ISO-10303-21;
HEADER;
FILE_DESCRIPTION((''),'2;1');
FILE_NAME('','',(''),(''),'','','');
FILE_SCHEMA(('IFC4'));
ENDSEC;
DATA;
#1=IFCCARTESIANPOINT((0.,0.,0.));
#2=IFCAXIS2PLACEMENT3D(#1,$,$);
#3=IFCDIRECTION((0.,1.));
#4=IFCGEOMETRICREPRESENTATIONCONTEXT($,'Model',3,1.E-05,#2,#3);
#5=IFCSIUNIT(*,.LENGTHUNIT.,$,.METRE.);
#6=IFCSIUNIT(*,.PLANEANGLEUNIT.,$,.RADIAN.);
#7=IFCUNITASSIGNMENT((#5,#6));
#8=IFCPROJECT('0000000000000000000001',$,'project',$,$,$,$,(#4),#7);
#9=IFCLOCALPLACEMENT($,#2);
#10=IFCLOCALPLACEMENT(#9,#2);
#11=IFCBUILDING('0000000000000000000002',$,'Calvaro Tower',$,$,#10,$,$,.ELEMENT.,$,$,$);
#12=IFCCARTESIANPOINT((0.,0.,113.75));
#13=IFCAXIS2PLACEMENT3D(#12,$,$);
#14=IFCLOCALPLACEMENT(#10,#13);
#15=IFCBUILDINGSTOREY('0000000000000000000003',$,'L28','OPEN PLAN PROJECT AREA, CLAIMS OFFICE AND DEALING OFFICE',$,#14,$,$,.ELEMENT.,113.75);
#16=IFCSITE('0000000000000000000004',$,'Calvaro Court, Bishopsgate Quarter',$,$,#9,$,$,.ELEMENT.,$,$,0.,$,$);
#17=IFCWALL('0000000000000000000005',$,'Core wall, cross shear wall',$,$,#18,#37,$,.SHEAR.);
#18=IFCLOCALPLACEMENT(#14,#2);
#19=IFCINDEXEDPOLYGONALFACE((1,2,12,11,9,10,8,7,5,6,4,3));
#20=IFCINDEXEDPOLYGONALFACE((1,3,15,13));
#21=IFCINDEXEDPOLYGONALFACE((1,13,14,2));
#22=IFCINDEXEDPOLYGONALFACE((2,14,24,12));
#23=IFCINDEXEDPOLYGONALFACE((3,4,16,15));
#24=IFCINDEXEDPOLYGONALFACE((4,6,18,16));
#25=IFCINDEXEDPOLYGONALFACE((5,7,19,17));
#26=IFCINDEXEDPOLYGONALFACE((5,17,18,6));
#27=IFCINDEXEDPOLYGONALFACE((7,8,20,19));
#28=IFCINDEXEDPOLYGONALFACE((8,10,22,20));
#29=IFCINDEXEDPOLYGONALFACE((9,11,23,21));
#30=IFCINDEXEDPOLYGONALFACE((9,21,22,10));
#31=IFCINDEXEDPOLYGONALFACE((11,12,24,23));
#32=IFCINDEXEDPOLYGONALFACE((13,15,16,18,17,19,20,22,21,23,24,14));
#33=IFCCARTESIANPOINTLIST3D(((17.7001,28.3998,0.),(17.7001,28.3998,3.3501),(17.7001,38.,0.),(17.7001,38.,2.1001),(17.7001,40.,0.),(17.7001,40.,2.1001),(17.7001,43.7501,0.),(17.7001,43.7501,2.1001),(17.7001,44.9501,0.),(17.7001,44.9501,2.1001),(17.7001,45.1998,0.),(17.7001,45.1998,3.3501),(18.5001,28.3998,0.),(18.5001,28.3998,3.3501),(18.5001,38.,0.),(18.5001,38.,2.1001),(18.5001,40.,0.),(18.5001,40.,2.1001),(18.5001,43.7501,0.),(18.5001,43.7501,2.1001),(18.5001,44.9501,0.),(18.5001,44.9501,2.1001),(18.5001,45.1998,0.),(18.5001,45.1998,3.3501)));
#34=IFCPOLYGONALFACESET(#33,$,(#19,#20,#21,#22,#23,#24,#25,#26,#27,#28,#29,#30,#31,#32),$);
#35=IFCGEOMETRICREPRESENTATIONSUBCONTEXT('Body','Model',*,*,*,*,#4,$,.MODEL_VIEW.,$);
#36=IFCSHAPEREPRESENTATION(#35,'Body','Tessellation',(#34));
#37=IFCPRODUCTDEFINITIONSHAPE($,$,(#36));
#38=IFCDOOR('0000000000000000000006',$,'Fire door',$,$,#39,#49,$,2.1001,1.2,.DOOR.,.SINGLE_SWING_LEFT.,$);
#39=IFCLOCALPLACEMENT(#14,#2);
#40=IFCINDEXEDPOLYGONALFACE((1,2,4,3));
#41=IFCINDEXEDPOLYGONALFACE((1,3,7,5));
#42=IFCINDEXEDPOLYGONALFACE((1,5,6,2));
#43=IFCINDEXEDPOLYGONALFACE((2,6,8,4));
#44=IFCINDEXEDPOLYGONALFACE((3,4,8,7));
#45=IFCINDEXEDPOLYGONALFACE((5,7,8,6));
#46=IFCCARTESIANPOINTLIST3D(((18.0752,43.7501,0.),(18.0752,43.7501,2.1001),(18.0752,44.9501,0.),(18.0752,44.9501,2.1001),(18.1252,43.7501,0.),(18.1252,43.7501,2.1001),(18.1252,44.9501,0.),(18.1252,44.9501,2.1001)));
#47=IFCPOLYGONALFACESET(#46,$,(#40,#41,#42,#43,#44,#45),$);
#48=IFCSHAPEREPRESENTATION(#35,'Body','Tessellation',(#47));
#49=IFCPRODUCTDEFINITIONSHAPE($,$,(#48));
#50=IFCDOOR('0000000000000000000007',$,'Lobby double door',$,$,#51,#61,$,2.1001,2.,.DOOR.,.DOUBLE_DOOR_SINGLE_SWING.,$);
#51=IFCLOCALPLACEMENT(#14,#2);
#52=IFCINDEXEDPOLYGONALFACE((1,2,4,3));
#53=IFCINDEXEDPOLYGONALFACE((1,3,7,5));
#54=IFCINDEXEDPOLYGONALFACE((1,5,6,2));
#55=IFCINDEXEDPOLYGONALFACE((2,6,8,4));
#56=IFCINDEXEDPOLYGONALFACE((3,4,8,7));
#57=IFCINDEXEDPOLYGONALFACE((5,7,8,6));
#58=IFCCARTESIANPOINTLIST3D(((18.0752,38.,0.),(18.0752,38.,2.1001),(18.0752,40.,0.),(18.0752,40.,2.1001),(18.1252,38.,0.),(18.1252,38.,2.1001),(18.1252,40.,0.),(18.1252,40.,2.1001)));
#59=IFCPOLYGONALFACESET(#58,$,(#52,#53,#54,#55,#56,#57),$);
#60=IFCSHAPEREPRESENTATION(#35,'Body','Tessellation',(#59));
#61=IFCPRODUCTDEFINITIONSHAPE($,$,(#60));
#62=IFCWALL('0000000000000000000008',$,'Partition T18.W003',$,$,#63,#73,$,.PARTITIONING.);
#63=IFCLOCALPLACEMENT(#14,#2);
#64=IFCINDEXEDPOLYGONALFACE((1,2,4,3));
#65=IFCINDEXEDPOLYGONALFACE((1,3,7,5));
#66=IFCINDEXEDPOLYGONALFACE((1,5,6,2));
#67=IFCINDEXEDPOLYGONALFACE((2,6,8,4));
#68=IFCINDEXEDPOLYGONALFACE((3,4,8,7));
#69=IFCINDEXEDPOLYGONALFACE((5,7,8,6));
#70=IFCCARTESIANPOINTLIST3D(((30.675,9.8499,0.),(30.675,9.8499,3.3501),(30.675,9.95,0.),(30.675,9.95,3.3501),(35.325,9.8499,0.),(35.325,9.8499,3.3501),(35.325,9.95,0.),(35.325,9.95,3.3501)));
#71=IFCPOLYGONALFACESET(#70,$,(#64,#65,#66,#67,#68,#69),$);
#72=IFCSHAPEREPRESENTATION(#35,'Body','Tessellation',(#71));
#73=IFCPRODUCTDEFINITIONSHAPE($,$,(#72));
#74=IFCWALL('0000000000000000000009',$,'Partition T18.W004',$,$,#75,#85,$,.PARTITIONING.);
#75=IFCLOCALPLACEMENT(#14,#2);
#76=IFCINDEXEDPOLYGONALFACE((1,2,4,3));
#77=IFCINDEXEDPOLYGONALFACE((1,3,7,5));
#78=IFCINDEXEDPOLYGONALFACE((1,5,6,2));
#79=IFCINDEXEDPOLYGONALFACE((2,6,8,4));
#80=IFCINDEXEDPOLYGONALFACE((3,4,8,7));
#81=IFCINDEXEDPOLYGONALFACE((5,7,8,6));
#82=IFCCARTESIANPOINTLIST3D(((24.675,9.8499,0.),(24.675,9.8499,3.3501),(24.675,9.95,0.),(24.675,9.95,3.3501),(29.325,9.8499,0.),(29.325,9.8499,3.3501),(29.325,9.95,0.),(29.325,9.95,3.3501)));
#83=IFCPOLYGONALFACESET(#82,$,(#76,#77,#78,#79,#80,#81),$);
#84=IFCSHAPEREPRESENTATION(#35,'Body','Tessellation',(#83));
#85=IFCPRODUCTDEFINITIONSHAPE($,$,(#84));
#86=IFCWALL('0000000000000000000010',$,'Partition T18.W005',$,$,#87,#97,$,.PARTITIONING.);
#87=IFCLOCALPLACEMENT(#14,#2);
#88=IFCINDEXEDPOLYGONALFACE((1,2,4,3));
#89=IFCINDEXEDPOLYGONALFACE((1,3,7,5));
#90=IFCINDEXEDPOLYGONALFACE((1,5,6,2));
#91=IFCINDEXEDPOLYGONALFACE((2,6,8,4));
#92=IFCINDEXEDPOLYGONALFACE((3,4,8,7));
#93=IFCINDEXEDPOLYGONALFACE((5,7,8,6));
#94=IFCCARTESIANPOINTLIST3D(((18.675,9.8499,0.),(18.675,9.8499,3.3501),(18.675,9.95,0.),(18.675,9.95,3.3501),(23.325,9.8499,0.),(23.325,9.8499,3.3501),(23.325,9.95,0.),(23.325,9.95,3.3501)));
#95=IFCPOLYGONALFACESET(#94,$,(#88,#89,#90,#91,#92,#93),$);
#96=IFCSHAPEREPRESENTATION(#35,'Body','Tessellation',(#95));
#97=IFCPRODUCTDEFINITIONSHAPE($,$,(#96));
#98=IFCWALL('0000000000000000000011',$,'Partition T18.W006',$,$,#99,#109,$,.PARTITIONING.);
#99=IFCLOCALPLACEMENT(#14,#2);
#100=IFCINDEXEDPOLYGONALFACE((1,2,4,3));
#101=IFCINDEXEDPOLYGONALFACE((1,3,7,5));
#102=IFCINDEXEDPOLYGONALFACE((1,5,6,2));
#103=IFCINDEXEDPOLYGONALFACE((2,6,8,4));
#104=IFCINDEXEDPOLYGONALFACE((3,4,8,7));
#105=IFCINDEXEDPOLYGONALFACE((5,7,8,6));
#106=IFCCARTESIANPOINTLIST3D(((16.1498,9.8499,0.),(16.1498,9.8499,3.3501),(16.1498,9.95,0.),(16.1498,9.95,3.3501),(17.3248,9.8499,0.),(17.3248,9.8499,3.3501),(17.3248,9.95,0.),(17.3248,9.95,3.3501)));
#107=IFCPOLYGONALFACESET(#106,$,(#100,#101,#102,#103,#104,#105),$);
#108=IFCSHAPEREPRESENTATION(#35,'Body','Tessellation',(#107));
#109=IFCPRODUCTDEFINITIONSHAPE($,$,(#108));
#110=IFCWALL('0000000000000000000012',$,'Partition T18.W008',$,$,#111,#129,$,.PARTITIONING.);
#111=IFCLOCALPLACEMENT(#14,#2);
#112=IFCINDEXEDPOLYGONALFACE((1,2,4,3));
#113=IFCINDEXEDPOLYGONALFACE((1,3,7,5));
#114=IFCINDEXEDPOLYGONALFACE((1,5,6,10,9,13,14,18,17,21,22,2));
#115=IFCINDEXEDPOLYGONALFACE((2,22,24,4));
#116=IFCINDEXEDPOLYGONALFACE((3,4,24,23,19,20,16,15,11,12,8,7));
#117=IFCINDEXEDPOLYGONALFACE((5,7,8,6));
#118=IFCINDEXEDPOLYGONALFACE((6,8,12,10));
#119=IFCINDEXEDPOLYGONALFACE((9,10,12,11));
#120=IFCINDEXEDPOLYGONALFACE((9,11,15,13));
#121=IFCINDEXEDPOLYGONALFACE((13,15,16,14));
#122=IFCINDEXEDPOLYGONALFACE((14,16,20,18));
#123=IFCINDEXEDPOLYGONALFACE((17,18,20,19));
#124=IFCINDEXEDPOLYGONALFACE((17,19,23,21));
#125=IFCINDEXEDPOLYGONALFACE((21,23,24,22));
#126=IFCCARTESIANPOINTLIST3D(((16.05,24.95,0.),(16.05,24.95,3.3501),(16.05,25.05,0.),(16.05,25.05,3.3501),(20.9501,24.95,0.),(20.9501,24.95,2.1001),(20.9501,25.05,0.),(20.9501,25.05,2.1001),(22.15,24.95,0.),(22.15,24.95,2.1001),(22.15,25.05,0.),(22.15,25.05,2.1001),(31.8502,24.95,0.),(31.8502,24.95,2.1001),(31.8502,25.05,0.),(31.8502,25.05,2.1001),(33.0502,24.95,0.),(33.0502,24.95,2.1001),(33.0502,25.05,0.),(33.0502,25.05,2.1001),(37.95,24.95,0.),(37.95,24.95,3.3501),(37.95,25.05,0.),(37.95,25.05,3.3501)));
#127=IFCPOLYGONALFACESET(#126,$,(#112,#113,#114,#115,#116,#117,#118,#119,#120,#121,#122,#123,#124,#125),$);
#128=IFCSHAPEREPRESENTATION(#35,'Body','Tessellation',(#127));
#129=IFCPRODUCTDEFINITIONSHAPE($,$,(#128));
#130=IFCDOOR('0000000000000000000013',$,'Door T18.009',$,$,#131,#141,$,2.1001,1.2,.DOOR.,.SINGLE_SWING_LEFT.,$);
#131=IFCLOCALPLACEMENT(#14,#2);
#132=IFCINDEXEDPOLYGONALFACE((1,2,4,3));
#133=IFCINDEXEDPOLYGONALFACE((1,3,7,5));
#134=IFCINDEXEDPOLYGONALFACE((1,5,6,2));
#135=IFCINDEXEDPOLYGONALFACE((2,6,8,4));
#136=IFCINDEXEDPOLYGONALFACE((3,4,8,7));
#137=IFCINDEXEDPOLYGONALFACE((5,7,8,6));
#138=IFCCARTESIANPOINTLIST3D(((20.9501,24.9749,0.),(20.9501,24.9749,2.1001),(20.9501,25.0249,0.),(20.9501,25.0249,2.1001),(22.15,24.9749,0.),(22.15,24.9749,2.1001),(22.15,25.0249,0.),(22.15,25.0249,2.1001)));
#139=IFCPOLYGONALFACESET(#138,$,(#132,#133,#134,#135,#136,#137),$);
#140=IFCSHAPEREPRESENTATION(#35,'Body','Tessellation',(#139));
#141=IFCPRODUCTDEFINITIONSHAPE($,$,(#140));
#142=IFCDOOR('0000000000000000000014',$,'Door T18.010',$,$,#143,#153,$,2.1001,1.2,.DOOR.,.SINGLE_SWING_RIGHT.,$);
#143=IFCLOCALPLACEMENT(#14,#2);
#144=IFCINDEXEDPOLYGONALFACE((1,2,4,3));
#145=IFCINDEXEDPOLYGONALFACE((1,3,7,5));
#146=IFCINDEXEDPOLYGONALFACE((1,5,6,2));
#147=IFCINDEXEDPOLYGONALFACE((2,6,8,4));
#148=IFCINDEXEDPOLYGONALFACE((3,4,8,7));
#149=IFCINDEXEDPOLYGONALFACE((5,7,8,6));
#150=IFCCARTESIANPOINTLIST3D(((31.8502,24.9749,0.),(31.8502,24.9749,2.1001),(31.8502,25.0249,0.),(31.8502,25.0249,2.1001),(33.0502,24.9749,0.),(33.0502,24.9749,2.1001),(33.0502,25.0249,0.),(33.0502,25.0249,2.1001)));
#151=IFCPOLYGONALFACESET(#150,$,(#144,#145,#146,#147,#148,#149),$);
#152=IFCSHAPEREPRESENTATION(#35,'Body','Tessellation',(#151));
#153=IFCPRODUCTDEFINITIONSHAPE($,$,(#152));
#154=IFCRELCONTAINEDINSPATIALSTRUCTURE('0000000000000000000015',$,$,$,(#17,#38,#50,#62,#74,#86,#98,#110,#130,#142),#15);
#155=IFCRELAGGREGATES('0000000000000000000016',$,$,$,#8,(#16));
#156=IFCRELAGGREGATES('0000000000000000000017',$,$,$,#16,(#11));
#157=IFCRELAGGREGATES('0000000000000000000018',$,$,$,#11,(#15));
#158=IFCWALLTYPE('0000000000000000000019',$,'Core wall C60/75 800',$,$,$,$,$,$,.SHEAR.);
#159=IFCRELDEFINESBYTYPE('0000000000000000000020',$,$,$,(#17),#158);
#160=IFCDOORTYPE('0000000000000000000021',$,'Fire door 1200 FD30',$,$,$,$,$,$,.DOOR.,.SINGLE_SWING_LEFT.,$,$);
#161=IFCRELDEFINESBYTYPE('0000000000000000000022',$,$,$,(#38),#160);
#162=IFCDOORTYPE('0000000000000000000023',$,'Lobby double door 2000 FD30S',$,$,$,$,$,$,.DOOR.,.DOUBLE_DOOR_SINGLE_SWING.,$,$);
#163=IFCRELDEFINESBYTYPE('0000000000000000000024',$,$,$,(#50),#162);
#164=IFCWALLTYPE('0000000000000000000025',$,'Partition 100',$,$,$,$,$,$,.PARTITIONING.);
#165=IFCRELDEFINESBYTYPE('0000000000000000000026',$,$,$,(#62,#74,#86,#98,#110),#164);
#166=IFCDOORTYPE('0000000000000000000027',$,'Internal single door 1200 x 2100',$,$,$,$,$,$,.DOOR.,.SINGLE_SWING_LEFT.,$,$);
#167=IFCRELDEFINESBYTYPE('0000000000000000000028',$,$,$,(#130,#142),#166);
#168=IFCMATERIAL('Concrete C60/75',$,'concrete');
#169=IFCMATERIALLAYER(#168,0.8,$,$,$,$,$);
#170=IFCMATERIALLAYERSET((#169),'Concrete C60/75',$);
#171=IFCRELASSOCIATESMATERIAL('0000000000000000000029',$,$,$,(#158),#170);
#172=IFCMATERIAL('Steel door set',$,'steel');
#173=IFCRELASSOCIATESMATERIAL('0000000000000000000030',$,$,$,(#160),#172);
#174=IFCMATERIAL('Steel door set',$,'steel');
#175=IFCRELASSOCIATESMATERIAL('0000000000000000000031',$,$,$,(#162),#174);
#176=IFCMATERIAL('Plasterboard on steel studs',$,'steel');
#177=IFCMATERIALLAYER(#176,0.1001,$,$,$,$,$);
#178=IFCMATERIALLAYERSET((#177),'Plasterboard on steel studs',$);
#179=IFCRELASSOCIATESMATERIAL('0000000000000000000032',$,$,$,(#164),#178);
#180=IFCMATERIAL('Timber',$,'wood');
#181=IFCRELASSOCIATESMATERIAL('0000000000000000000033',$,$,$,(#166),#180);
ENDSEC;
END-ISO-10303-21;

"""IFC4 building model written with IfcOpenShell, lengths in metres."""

from ifc_helpers import new_model, si_unit, direction, frame, frame_2d, origin, place, context, subcontext, project, spatial, rectangle, extrude, material, layer, layer_set, type_object, element, fill, save


model = new_model("IFC4")

# Units and contexts
model_context = context("Model", 3, precision=1e-05, world=origin(), true_north=direction((0.0, 1.0)))
body_context = subcontext(model_context, "Body", "Model", "MODEL_VIEW")
ifc_project = project(units=[si_unit("LENGTHUNIT", "METRE"), si_unit("PLANEANGLEUNIT", "RADIAN")], contexts=[model_context])

# Site, building, storey
site_placement = place(None, origin())
site = spatial("IfcSite", under=ifc_project, at=site_placement, Name="Calvaro Court, Bishopsgate Quarter", CompositionType="ELEMENT", RefElevation=0.0)
building_placement = place(site_placement, origin())
building = spatial("IfcBuilding", under=site, at=building_placement, Name="Calvaro Tower", CompositionType="ELEMENT")
storey_placement = place(building_placement, frame((0.0, 0.0, 113.75)))
storey = spatial("IfcBuildingStorey", under=building, at=storey_placement, Name="L28", Description="OPEN PLAN PROJECT AREA, CLAIMS OFFICE AND DEALING OFFICE", CompositionType="ELEMENT", Elevation=113.75)

# Wall, openings, doors
ifc_material_1 = material(Name="Concrete C60/75", Category="concrete")
ifc_layer_1 = layer(ifc_material_1, 0.8)
ifc_layer_set_1 = layer_set([ifc_layer_1], Name="Concrete C60/75")
wall_type_1 = type_object("IfcWallType", Name="Core wall C60/75 800", PredefinedType="SHEAR", material=ifc_layer_set_1)
wall_1_placement = place(storey_placement, frame((18.1001, 28.3999, 0.0), z_axis=(0.0, 0.0, 1.0), x_axis=(0.0, 1.0, 0.0)))
wall_1 = element("IfcWall", 1, at=wall_1_placement, inside=storey, type_object=wall_type_1, Name="Core wall, cross shear wall", PredefinedType="SHEAR", context=body_context, shape_type="SweptSolid", body=[
    extrude(rectangle(XDim=16.8, YDim=0.8, at=frame_2d((8.3999, 0.0))), origin(), (0.0, 0.0, 1.0), 3.3501),
])
opening_1_placement = place(wall_1_placement, frame((9.6001, 0.0, 0.0)))
opening_1 = element("IfcOpeningElement", 2, at=opening_1_placement, cuts=wall_1, PredefinedType="OPENING", context=body_context, shape_type="SweptSolid", body=[
    extrude(rectangle(XDim=2.0, YDim=2.1001, at=frame_2d((1.0, 1.05))), frame((0.0, 0.4099, 0.0), z_axis=(0.0, -1.0, 0.0), x_axis=(1.0, 0.0, 0.0)), (0.0, 0.0, 1.0), 0.8201),
])
opening_2_placement = place(wall_1_placement, frame((15.3501, 0.0, 0.0)))
opening_2 = element("IfcOpeningElement", 3, at=opening_2_placement, cuts=wall_1, PredefinedType="OPENING", context=body_context, shape_type="SweptSolid", body=[
    extrude(rectangle(XDim=1.2, YDim=2.1001, at=frame_2d((0.6001, 1.05))), frame((0.0, 0.4099, 0.0), z_axis=(0.0, -1.0, 0.0), x_axis=(1.0, 0.0, 0.0)), (0.0, 0.0, 1.0), 0.8201),
])
ifc_material_2 = material(Name="Steel door set", Category="steel")
door_type_1 = type_object("IfcDoorType", Name="Fire door 1200 FD30", OperationType="SINGLE_SWING_LEFT", PredefinedType="DOOR", material=ifc_material_2)
door_1_placement = place(opening_2_placement, origin())
door_1 = element("IfcDoor", 4, at=door_1_placement, inside=storey, type_object=door_type_1, Name="Fire door", OperationType="SINGLE_SWING_LEFT", OverallHeight=2.1001, OverallWidth=1.2, PredefinedType="DOOR", context=body_context, shape_type="SweptSolid", body=[
    extrude(rectangle(XDim=1.2, YDim=2.1001, at=frame_2d((0.6001, 1.05))), frame((0.0, 0.0249, 0.0), z_axis=(0.0, -1.0, 0.0), x_axis=(1.0, 0.0, 0.0)), (0.0, 0.0, 1.0), 0.05),
])
fill(opening_2, door_1)
ifc_material_3 = material(Name="Steel door set", Category="steel")
door_type_2 = type_object("IfcDoorType", Name="Lobby double door 2000 FD30S", OperationType="DOUBLE_DOOR_SINGLE_SWING", PredefinedType="DOOR", material=ifc_material_3)
door_2_placement = place(opening_1_placement, origin())
door_2 = element("IfcDoor", 5, at=door_2_placement, inside=storey, type_object=door_type_2, Name="Lobby double door", OperationType="DOUBLE_DOOR_SINGLE_SWING", OverallHeight=2.1001, OverallWidth=2.0, PredefinedType="DOOR", context=body_context, shape_type="SweptSolid", body=[
    extrude(rectangle(XDim=2.0, YDim=2.1001, at=frame_2d((1.0, 1.05))), frame((0.0, 0.0249, 0.0), z_axis=(0.0, -1.0, 0.0), x_axis=(1.0, 0.0, 0.0)), (0.0, 0.0, 1.0), 0.05),
])
fill(opening_1, door_2)

# Walls
ifc_material_4 = material(Name="Plasterboard on steel studs", Category="steel")
ifc_layer_2 = layer(ifc_material_4, 0.1001)
ifc_layer_set_2 = layer_set([ifc_layer_2], Name="Plasterboard on steel studs")
wall_type_2 = type_object("IfcWallType", Name="Partition 100", PredefinedType="PARTITIONING", material=ifc_layer_set_2)
for number, where, z_axis, x_axis, name in (
    (6, (30.675, 9.8999, 0.0), (0.0, 0.0, 1.0), (1.0, 0.0, 0.0), "Partition T18.W003"),
    (7, (24.675, 9.8999, 0.0), (0.0, 0.0, 1.0), (1.0, 0.0, 0.0), "Partition T18.W004"),
    (8, (18.675, 9.8999, 0.0), (0.0, 0.0, 1.0), (1.0, 0.0, 0.0), "Partition T18.W005"),
):
    element("IfcWall", number, at=place(storey_placement, frame(where, z_axis=z_axis, x_axis=x_axis)), inside=storey, type_object=wall_type_2, Name=name, PredefinedType="PARTITIONING", context=body_context, shape_type="SweptSolid", body=[
        extrude(rectangle(XDim=4.6499, YDim=0.1001, at=frame_2d((2.325, 0.0))), origin(), (0.0, 0.0, 1.0), 3.3501),
    ])
wall_2_placement = place(storey_placement, frame((16.1499, 9.8999, 0.0), z_axis=(0.0, 0.0, 1.0), x_axis=(1.0, 0.0, 0.0)))
element("IfcWall", 9, at=wall_2_placement, inside=storey, type_object=wall_type_2, Name="Partition T18.W006", PredefinedType="PARTITIONING", context=body_context, shape_type="SweptSolid", body=[
    extrude(rectangle(XDim=1.175, YDim=0.1001, at=frame_2d((0.5874, 0.0))), origin(), (0.0, 0.0, 1.0), 3.3501),
])

# Wall, openings, doors
wall_3_placement = place(storey_placement, frame((16.05, 25.0, 0.0), z_axis=(0.0, 0.0, 1.0), x_axis=(1.0, 0.0, 0.0)))
wall_3 = element("IfcWall", 10, at=wall_3_placement, inside=storey, type_object=wall_type_2, Name="Partition T18.W008", PredefinedType="PARTITIONING", context=body_context, shape_type="SweptSolid", body=[
    extrude(rectangle(XDim=21.8999, YDim=0.1001, at=frame_2d((10.95, 0.0))), origin(), (0.0, 0.0, 1.0), 3.3501),
])
opening_3_placement = place(wall_3_placement, frame((4.8999, 0.0, 0.0)))
opening_3 = element("IfcOpeningElement", 11, at=opening_3_placement, cuts=wall_3, PredefinedType="OPENING", context=body_context, shape_type="SweptSolid", body=[
    extrude(rectangle(XDim=1.2, YDim=2.1001, at=frame_2d((0.6001, 1.05))), frame((0.0, 0.0601, 0.0), z_axis=(0.0, -1.0, 0.0), x_axis=(1.0, 0.0, 0.0)), (0.0, 0.0, 1.0), 0.1201),
])
opening_4_placement = place(wall_3_placement, frame((15.8, 0.0, 0.0)))
opening_4 = element("IfcOpeningElement", 12, at=opening_4_placement, cuts=wall_3, PredefinedType="OPENING", context=body_context, shape_type="SweptSolid", body=[
    extrude(rectangle(XDim=1.2, YDim=2.1001, at=frame_2d((0.6001, 1.05))), frame((0.0, 0.0601, 0.0), z_axis=(0.0, -1.0, 0.0), x_axis=(1.0, 0.0, 0.0)), (0.0, 0.0, 1.0), 0.1201),
])
ifc_material_5 = material(Name="Timber", Category="wood")
door_type_3 = type_object("IfcDoorType", Name="Internal single door 1200 x 2100", OperationType="SINGLE_SWING_LEFT", PredefinedType="DOOR", material=ifc_material_5)
door_3_placement = place(opening_3_placement, origin())
door_3 = element("IfcDoor", 13, at=door_3_placement, inside=storey, type_object=door_type_3, Name="Door T18.009", OperationType="SINGLE_SWING_LEFT", OverallHeight=2.1001, OverallWidth=1.2, PredefinedType="DOOR", context=body_context, shape_type="SweptSolid", body=[
    extrude(rectangle(XDim=1.2, YDim=2.1001, at=frame_2d((0.6001, 1.05))), frame((0.0, 0.0249, 0.0), z_axis=(0.0, -1.0, 0.0), x_axis=(1.0, 0.0, 0.0)), (0.0, 0.0, 1.0), 0.05),
])
fill(opening_3, door_3)
door_4_placement = place(opening_4_placement, origin())
door_4 = element("IfcDoor", 14, at=door_4_placement, inside=storey, type_object=door_type_3, Name="Door T18.010", OperationType="SINGLE_SWING_RIGHT", OverallHeight=2.1001, OverallWidth=1.2, PredefinedType="DOOR", context=body_context, shape_type="SweptSolid", body=[
    extrude(rectangle(XDim=1.2, YDim=2.1001, at=frame_2d((0.6001, 1.05))), frame((0.0, 0.0249, 0.0), z_axis=(0.0, -1.0, 0.0), x_axis=(1.0, 0.0, 0.0)), (0.0, 0.0, 1.0), 0.05),
])
fill(opening_4, door_4)

save(model, "model.ifc")
